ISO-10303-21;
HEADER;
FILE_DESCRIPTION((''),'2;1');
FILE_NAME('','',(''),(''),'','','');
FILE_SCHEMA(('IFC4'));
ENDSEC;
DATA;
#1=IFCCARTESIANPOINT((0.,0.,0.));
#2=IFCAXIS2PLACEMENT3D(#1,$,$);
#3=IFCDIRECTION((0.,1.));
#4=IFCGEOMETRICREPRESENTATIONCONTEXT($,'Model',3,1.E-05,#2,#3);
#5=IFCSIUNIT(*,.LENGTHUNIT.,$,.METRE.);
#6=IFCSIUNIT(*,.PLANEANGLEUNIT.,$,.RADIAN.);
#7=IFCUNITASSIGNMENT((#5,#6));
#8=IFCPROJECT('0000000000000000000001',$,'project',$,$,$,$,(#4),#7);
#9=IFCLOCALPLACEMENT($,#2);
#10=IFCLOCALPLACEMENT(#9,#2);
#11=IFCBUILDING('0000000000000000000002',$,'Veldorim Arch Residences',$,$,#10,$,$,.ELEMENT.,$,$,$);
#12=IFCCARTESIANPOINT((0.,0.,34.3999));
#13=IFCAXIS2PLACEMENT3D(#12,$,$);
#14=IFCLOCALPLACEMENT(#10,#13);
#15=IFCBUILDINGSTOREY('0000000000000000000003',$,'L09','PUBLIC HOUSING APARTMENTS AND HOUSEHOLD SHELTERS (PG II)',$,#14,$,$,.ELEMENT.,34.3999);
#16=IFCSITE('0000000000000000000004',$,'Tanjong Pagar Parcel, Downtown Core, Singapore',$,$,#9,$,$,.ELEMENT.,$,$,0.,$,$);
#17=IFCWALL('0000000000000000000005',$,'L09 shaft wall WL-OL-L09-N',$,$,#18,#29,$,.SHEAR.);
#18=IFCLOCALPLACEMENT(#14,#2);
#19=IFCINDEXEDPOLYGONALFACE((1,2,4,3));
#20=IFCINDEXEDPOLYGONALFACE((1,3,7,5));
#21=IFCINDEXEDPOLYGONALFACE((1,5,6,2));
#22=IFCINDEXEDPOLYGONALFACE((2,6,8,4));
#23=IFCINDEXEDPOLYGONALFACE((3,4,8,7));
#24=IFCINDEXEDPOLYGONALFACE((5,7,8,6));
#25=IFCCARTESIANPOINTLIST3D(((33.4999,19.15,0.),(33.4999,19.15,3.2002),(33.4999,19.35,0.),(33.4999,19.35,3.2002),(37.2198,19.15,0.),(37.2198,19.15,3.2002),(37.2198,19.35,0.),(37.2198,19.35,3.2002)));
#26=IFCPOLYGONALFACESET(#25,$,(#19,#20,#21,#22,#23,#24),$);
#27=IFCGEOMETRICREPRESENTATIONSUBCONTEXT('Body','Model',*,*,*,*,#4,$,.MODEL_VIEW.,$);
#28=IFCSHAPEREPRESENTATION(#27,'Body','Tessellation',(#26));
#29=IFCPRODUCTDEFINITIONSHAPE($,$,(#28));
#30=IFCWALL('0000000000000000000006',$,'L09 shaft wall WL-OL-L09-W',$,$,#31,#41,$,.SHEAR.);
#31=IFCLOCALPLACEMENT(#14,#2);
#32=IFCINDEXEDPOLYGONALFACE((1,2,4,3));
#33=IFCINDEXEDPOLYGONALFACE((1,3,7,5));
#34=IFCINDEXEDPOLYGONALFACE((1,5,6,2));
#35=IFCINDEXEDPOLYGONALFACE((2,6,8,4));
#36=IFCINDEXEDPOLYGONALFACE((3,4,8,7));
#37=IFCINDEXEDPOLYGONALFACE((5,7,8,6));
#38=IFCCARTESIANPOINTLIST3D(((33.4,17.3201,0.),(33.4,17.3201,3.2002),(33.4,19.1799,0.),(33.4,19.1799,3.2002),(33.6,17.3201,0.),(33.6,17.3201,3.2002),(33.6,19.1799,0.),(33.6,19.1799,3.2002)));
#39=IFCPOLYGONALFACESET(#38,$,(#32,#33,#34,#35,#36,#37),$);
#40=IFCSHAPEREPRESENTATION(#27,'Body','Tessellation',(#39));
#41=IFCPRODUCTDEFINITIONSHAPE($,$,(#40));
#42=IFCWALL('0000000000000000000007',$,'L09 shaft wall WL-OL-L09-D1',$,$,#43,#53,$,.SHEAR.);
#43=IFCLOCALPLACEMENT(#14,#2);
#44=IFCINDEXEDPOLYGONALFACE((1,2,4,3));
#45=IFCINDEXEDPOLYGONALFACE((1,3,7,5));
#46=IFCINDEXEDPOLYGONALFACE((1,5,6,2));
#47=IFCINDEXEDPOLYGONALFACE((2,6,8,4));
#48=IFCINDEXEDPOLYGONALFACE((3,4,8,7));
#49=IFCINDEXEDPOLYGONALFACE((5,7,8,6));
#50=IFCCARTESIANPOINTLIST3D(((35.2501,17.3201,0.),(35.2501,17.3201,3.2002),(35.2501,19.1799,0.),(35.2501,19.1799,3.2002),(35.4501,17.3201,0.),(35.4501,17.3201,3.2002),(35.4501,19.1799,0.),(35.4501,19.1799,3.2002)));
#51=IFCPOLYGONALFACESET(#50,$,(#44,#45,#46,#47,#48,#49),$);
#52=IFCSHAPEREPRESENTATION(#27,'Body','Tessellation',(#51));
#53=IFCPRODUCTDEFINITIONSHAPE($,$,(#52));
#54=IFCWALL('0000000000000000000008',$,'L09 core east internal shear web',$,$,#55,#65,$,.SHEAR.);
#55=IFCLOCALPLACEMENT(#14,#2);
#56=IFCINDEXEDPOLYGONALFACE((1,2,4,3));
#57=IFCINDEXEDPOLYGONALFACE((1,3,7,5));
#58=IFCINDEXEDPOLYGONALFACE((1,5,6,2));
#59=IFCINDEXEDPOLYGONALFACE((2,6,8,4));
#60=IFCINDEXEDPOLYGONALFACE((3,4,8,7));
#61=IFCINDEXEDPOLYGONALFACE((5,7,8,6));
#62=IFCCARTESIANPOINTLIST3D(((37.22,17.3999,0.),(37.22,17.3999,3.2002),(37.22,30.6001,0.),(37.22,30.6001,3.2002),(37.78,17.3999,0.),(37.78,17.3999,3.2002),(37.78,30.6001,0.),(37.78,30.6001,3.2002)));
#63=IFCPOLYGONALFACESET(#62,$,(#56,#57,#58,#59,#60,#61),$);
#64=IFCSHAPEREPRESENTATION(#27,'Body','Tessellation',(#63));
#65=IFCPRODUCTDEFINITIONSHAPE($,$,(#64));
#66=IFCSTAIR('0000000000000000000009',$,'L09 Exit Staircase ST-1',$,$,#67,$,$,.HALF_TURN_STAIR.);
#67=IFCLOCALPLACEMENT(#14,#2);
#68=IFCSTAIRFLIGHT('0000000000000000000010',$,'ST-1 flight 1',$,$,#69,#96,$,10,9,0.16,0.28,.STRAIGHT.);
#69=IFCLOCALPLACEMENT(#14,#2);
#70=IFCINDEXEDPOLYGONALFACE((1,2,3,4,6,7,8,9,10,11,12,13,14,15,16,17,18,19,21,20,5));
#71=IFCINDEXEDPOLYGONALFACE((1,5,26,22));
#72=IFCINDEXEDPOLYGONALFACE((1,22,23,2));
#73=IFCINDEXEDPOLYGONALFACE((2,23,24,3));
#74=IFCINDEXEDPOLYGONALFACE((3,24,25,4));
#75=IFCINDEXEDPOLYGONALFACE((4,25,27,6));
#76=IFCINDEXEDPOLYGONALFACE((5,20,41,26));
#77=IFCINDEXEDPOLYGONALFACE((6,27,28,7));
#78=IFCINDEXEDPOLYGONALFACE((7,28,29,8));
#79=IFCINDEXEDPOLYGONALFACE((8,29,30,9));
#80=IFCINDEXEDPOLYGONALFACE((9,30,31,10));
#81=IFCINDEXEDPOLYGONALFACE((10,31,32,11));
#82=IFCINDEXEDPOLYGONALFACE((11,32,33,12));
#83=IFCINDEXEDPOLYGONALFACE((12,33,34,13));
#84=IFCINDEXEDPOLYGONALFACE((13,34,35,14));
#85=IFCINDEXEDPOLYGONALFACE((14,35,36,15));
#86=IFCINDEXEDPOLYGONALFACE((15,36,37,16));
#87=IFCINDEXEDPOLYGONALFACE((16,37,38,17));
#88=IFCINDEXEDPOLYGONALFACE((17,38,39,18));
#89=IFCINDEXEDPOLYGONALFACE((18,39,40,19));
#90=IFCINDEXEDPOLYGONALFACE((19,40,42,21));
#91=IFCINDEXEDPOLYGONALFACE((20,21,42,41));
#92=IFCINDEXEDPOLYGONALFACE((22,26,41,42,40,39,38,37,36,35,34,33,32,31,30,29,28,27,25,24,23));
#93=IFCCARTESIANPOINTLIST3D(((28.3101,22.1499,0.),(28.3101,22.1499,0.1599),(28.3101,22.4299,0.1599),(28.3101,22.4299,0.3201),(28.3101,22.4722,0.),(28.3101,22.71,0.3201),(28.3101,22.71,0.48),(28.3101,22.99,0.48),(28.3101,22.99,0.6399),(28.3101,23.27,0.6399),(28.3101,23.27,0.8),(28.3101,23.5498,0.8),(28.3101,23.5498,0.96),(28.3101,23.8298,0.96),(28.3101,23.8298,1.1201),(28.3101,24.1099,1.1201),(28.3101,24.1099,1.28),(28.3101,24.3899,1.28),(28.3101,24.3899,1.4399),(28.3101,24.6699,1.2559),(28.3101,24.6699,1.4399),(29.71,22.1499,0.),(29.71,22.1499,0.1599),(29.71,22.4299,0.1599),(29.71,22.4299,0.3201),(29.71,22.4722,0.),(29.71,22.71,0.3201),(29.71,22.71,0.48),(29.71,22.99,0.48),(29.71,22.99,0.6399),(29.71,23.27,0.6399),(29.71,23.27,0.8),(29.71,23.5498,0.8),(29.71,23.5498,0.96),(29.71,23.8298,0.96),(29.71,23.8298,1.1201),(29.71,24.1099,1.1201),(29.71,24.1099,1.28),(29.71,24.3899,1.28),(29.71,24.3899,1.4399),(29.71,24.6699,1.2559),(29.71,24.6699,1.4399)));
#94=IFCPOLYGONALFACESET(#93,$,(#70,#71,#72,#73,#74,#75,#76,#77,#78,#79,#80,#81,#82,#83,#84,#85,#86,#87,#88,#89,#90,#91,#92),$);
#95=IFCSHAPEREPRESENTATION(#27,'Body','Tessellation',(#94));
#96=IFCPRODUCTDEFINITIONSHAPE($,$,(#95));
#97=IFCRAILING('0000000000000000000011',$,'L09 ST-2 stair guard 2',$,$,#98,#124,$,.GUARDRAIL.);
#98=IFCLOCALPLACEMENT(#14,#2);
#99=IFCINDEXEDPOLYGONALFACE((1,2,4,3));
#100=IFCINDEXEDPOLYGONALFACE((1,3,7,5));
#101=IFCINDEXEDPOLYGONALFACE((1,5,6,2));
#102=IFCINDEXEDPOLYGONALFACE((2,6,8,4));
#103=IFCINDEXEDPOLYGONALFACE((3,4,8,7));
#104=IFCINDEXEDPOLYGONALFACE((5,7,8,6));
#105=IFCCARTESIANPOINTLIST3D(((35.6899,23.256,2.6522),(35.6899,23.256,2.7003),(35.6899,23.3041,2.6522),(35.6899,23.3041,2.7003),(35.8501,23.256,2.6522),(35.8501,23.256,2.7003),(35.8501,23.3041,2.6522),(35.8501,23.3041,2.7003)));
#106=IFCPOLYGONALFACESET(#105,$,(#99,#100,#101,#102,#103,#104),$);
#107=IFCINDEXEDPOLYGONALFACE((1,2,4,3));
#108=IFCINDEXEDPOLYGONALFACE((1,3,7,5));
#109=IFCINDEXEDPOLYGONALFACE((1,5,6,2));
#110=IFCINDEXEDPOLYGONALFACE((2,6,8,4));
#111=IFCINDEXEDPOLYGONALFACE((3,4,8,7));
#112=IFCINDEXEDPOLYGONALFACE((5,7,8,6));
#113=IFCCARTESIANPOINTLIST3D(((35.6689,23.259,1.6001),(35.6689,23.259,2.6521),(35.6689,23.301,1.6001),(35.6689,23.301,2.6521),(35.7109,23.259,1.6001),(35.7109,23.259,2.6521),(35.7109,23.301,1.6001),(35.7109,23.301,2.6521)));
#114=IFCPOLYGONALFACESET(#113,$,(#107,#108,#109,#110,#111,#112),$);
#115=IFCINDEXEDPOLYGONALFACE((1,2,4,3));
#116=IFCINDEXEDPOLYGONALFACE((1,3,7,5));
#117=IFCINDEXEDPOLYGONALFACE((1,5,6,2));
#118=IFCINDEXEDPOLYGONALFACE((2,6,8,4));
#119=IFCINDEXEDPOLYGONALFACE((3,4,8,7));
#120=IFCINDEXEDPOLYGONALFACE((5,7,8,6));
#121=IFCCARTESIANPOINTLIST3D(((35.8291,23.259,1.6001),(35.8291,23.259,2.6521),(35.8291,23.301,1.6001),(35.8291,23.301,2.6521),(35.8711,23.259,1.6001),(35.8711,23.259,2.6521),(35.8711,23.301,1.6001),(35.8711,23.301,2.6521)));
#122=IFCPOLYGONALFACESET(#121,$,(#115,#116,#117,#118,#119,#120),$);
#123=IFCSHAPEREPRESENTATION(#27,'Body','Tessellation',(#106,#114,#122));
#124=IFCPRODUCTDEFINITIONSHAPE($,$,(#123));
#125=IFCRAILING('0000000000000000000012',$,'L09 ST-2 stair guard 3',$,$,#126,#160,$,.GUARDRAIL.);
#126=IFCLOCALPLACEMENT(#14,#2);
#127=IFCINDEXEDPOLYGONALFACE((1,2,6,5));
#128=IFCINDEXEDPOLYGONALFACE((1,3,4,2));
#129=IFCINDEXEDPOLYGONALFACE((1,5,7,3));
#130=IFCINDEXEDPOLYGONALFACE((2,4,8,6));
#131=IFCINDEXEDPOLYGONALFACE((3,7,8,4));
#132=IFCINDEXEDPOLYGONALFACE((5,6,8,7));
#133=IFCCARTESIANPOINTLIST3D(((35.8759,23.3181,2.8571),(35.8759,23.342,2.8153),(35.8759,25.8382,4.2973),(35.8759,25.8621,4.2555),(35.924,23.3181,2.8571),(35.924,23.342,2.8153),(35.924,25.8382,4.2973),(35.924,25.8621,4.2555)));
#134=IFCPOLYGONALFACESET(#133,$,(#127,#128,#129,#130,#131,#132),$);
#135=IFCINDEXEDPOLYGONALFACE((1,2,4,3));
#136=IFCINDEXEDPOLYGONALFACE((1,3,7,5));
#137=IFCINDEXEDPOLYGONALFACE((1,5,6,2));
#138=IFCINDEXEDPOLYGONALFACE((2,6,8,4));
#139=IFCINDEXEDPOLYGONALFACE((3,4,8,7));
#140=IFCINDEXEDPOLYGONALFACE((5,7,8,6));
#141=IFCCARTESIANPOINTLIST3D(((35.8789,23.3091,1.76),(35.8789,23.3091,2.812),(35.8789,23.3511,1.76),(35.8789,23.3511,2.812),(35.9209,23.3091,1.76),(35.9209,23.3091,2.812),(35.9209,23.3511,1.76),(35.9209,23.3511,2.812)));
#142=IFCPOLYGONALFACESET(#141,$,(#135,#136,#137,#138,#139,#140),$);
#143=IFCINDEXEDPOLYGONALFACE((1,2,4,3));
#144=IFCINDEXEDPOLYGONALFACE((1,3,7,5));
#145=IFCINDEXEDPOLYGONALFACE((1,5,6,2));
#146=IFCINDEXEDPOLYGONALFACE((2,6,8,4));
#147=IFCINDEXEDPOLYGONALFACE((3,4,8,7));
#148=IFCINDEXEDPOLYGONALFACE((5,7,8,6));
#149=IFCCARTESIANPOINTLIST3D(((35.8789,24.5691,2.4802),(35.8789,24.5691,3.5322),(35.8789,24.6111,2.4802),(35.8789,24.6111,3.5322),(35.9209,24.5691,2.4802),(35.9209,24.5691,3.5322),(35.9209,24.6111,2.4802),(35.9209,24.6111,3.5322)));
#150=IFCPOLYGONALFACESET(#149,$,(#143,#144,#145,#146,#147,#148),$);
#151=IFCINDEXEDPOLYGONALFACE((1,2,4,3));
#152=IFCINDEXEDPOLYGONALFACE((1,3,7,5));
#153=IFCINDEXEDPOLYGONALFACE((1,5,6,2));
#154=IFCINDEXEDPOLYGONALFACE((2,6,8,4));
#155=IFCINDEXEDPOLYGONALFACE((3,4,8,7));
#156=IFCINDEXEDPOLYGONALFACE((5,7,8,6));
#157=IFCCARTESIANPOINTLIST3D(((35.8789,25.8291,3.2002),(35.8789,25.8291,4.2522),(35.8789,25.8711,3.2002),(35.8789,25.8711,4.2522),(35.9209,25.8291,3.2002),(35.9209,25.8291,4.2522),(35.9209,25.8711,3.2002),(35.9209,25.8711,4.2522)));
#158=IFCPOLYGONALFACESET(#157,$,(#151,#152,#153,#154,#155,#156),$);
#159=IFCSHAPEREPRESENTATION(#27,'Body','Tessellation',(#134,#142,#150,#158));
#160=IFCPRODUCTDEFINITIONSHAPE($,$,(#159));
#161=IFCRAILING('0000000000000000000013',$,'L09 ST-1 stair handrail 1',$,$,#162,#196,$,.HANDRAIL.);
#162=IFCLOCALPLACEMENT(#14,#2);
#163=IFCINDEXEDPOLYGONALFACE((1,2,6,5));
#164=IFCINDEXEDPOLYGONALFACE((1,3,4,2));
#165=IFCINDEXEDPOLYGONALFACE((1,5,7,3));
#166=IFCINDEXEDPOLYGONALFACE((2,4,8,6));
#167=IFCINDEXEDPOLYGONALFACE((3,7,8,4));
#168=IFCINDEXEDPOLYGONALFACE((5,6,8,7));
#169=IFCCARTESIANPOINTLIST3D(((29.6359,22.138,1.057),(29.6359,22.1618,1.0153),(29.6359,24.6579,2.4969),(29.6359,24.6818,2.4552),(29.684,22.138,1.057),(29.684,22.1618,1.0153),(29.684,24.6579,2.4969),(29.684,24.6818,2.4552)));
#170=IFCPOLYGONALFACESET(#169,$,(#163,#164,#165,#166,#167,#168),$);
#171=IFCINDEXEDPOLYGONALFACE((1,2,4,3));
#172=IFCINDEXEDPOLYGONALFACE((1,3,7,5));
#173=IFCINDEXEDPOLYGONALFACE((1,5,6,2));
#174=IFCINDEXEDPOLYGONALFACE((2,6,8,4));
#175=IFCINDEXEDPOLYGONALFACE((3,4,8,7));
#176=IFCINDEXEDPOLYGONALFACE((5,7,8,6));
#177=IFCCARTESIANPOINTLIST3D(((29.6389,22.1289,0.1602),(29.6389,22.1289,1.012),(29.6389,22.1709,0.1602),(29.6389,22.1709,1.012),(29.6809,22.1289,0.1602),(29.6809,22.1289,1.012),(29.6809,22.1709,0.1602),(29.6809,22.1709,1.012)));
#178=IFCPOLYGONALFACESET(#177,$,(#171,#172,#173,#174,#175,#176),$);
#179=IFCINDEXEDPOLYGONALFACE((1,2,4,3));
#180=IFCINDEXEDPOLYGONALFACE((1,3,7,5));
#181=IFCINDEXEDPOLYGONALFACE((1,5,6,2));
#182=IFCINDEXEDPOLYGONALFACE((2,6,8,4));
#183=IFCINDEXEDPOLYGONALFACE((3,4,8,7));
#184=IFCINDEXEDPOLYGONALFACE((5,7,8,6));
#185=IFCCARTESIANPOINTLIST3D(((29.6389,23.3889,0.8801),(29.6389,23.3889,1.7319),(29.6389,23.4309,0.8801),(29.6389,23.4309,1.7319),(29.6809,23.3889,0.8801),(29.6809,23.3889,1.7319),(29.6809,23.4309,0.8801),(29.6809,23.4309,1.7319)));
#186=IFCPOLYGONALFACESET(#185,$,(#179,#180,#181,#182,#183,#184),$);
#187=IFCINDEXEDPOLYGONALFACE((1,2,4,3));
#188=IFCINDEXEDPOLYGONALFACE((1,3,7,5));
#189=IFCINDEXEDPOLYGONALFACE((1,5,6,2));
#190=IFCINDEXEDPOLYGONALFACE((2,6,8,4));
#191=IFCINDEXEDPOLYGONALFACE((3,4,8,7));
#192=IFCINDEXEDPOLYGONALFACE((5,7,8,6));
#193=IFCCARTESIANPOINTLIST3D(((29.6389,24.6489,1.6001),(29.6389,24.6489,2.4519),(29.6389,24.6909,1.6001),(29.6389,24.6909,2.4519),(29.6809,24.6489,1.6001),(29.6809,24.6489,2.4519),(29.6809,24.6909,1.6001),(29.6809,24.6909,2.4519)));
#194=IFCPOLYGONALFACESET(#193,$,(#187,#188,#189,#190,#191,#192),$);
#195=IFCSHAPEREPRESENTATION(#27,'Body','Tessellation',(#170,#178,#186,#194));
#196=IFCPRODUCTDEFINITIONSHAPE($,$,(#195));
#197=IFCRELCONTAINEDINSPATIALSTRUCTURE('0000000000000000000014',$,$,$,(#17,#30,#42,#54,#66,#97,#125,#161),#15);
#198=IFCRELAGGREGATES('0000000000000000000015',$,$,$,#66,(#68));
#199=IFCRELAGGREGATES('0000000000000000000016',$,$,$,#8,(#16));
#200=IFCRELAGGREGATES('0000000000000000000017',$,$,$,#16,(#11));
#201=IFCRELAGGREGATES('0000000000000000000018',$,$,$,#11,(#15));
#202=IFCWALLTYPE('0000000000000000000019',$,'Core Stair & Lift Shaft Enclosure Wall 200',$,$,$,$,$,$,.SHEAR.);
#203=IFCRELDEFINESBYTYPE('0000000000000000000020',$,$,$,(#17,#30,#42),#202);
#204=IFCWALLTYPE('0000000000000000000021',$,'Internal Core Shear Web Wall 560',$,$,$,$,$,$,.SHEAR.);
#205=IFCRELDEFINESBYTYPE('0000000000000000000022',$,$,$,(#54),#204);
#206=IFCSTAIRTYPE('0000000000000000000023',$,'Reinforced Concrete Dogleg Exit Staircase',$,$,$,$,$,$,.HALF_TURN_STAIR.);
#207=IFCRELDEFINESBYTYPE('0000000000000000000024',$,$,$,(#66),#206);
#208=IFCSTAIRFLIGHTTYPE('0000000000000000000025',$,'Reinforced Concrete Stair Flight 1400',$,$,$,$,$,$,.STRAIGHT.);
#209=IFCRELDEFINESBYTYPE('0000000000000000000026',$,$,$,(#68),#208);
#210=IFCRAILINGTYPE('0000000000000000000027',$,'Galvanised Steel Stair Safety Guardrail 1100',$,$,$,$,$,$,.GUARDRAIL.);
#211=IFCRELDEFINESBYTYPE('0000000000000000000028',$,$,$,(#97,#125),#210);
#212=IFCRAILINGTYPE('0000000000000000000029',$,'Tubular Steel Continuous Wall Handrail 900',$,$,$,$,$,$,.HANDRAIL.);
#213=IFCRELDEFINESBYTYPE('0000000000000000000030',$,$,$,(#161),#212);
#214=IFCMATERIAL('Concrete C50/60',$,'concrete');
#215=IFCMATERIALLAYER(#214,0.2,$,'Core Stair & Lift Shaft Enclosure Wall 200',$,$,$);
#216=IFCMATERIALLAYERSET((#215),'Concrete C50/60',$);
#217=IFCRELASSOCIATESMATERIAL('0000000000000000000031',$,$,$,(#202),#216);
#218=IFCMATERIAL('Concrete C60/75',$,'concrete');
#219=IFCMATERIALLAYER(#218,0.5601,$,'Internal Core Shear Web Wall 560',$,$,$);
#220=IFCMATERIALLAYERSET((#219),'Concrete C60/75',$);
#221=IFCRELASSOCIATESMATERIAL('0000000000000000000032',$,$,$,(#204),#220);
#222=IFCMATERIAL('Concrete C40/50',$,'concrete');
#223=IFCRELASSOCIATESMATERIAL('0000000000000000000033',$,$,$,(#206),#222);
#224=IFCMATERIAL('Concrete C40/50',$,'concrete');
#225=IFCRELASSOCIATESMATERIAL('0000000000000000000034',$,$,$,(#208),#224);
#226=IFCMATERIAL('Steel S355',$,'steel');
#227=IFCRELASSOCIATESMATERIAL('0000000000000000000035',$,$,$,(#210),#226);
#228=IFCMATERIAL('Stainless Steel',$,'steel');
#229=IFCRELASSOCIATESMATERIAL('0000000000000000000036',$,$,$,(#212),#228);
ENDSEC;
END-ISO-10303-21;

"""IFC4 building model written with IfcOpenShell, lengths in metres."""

from ifc_helpers import new_model, si_unit, direction, frame, frame_2d, origin, origin_2d, place, context, subcontext, project, spatial, polyline, rectangle, outline, extrude, material, layer, layer_set, type_object, element, aggregate, save


model = new_model("IFC4")

# Units and contexts
model_context = context("Model", 3, precision=1e-05, world=origin(), true_north=direction((0.0, 1.0)))
body_context = subcontext(model_context, "Body", "Model", "MODEL_VIEW")
ifc_project = project(units=[si_unit("LENGTHUNIT", "METRE"), si_unit("PLANEANGLEUNIT", "RADIAN")], contexts=[model_context])

# Site, building, storey
site_placement = place(None, origin())
site = spatial("IfcSite", under=ifc_project, at=site_placement, Name="Tanjong Pagar Parcel, Downtown Core, Singapore", CompositionType="ELEMENT", RefElevation=0.0)
building_placement = place(site_placement, origin())
building = spatial("IfcBuilding", under=site, at=building_placement, Name="Veldorim Arch Residences", CompositionType="ELEMENT")
storey_placement = place(building_placement, frame((0.0, 0.0, 34.3999)))
storey = spatial("IfcBuildingStorey", under=building, at=storey_placement, Name="L09", Description="PUBLIC HOUSING APARTMENTS AND HOUSEHOLD SHELTERS (PG II)", CompositionType="ELEMENT", Elevation=34.3999)

# Shared definitions
ifc_material_1 = material(Name="Concrete C50/60", Category="concrete")
ifc_layer_1 = layer(ifc_material_1, 0.2, Name="Core Stair & Lift Shaft Enclosure Wall 200")
ifc_layer_set_1 = layer_set([ifc_layer_1], Name="Concrete C50/60")
wall_type_1 = type_object("IfcWallType", Name="Core Stair & Lift Shaft Enclosure Wall 200", PredefinedType="SHEAR", material=ifc_layer_set_1)

# Walls
wall_1_placement = place(storey_placement, frame((33.5, 19.25, 0.0), z_axis=(0.0, 0.0, 1.0), x_axis=(1.0, 0.0, 0.0)))
element("IfcWall", 1, at=wall_1_placement, inside=storey, type_object=wall_type_1, Name="L09 shaft wall WL-OL-L09-N", PredefinedType="SHEAR", context=body_context, shape_type="SweptSolid", body=[
    extrude(rectangle(XDim=3.72, YDim=0.2, at=frame_2d((1.8599, 0.0))), origin(), (0.0, 0.0, 1.0), 3.2002),
])
for number, where, z_axis, x_axis, name in (
    (2, (33.5, 17.3201, 0.0), (0.0, 0.0, 1.0), (0.0, 1.0, 0.0), "L09 shaft wall WL-OL-L09-W"),
    (3, (35.3501, 17.3201, 0.0), (0.0, 0.0, 1.0), (0.0, 1.0, 0.0), "L09 shaft wall WL-OL-L09-D1"),
):
    element("IfcWall", number, at=place(storey_placement, frame(where, z_axis=z_axis, x_axis=x_axis)), inside=storey, type_object=wall_type_1, Name=name, PredefinedType="SHEAR", context=body_context, shape_type="SweptSolid", body=[
        extrude(rectangle(XDim=1.8599, YDim=0.2, at=frame_2d((0.9299, 0.0))), origin(), (0.0, 0.0, 1.0), 3.2002),
    ])
ifc_material_2 = material(Name="Concrete C60/75", Category="concrete")
ifc_layer_2 = layer(ifc_material_2, 0.5601, Name="Internal Core Shear Web Wall 560")
ifc_layer_set_2 = layer_set([ifc_layer_2], Name="Concrete C60/75")
wall_type_2 = type_object("IfcWallType", Name="Internal Core Shear Web Wall 560", PredefinedType="SHEAR", material=ifc_layer_set_2)
wall_2_placement = place(storey_placement, frame((37.5, 17.3999, 0.0), z_axis=(0.0, 0.0, 1.0), x_axis=(0.0, 1.0, 0.0)))
element("IfcWall", 4, at=wall_2_placement, inside=storey, type_object=wall_type_2, Name="L09 core east internal shear web", PredefinedType="SHEAR", context=body_context, shape_type="SweptSolid", body=[
    extrude(rectangle(XDim=13.2002, YDim=0.5601, at=frame_2d((6.6001, 0.0))), origin(), (0.0, 0.0, 1.0), 3.2002),
])

# Stair, stair flight
ifc_material_3 = material(Name="Concrete C40/50", Category="concrete")
stair_type = type_object("IfcStairType", Name="Reinforced Concrete Dogleg Exit Staircase", PredefinedType="HALF_TURN_STAIR", material=ifc_material_3)
stair_placement = place(storey_placement, origin())
stair = element("IfcStair", 5, at=stair_placement, inside=storey, type_object=stair_type, Name="L09 Exit Staircase ST-1", PredefinedType="HALF_TURN_STAIR")
ifc_material_4 = material(Name="Concrete C40/50", Category="concrete")
stair_flight_type = type_object("IfcStairFlightType", Name="Reinforced Concrete Stair Flight 1400", PredefinedType="STRAIGHT", material=ifc_material_4)
stair_flight_placement = place(storey_placement, frame((29.01, 22.1499, 0.0), z_axis=(0.0, 0.0, 1.0), x_axis=(0.0, 1.0, 0.0)))
stair_flight = element("IfcStairFlight", 6, at=stair_flight_placement, type_object=stair_flight_type, Name="ST-1 flight 1", NumberOfRisers=10, NumberOfTreads=9, PredefinedType="STRAIGHT", RiserHeight=0.16, TreadLength=0.28, context=body_context, shape_type="SweptSolid", body=[
    extrude(outline(polyline([(0.0, 0.0), (0.0, 0.1599), (0.28, 0.1599), (0.28, 0.3201), (0.5601, 0.3201), (0.5601, 0.48), (0.8401, 0.48), (0.8401, 0.6399), (1.1201, 0.6399), (1.1201, 0.8), (1.3999, 0.8), (1.3999, 0.96), (1.6799, 0.96), (1.6799, 1.1201), (1.96, 1.1201), (1.96, 1.28), (2.24, 1.28), (2.24, 1.4399), (2.52, 1.4399), (2.52, 1.6001), (2.52, 1.2559), (0.3223, 0.0), (0.0, 0.0)])), frame((0.0, 0.7, 0.0), z_axis=(0.0, -1.0, 0.0), x_axis=(1.0, 0.0, 0.0)), (0.0, 0.0, 1.0), 1.3999),
])
aggregate(stair, [stair_flight])

# Railings
ifc_material_5 = material(Name="Steel S355", Category="steel")
railing_type_1 = type_object("IfcRailingType", Name="Galvanised Steel Stair Safety Guardrail 1100", PredefinedType="GUARDRAIL", material=ifc_material_5)
railing_1_placement = place(storey_placement, frame((35.6899, 23.28, 1.6001)))
element("IfcRailing", 7, at=railing_1_placement, inside=storey, type_object=railing_type_1, Name="L09 ST-2 stair guard 2", PredefinedType="GUARDRAIL", context=body_context, shape_type="SweptSolid", body=[
    extrude(rectangle(XDim=0.0481, YDim=0.0481, at=origin_2d()), frame((0.0, 0.0, 1.0762), z_axis=(1.0, 0.0, 0.0), x_axis=(0.0, 1.0, 0.0)), (0.0, 0.0, 1.0), 0.1602),
    extrude(rectangle(XDim=0.042, YDim=0.042, at=origin_2d()), origin(), (0.0, 0.0, 1.0), 1.052),
    extrude(rectangle(XDim=0.042, YDim=0.042, at=origin_2d()), frame((0.1602, 0.0, 0.0)), (0.0, 0.0, 1.0), 1.052),
])
railing_2_placement = place(storey_placement, frame((35.8999, 23.3301, 1.76)))
element("IfcRailing", 8, at=railing_2_placement, inside=storey, type_object=railing_type_1, Name="L09 ST-2 stair guard 3", PredefinedType="GUARDRAIL", context=body_context, shape_type="SweptSolid", body=[
    extrude(rectangle(XDim=0.0481, YDim=0.0481, at=origin_2d()), frame((0.0, 0.0, 1.0762), z_axis=(0.0, 0.868217, 0.496184), x_axis=(-1.0, 0.0, 0.0)), (0.0, 0.0, 1.0), 2.9026),
    extrude(rectangle(XDim=0.042, YDim=0.042, at=origin_2d()), origin(), (0.0, 0.0, 1.0), 1.052),
    extrude(rectangle(XDim=0.042, YDim=0.042, at=origin_2d()), frame((0.0, 1.26, 0.7202)), (0.0, 0.0, 1.0), 1.052),
    extrude(rectangle(XDim=0.042, YDim=0.042, at=origin_2d()), frame((0.0, 2.52, 1.4402)), (0.0, 0.0, 1.0), 1.052),
])
ifc_material_6 = material(Name="Stainless Steel", Category="steel")
railing_type_2 = type_object("IfcRailingType", Name="Tubular Steel Continuous Wall Handrail 900", PredefinedType="HANDRAIL", material=ifc_material_6)
railing_3_placement = place(storey_placement, frame((29.6599, 22.1499, 0.1602)))
element("IfcRailing", 9, at=railing_3_placement, inside=storey, type_object=railing_type_2, Name="L09 ST-1 stair handrail 1", PredefinedType="HANDRAIL", context=body_context, shape_type="SweptSolid", body=[
    extrude(rectangle(XDim=0.0481, YDim=0.0481, at=origin_2d()), frame((0.0, 0.0, 0.876), z_axis=(0.0, 0.868253, 0.496121), x_axis=(-1.0, 0.0, 0.0)), (0.0, 0.0, 1.0), 2.9023),
    extrude(rectangle(XDim=0.042, YDim=0.042, at=origin_2d()), origin(), (0.0, 0.0, 1.0), 0.8518),
    extrude(rectangle(XDim=0.042, YDim=0.042, at=origin_2d()), frame((0.0, 1.26, 0.72)), (0.0, 0.0, 1.0), 0.8518),
    extrude(rectangle(XDim=0.042, YDim=0.042, at=origin_2d()), frame((0.0, 2.52, 1.4399)), (0.0, 0.0, 1.0), 0.8518),
])

save(model, "model.ifc")
